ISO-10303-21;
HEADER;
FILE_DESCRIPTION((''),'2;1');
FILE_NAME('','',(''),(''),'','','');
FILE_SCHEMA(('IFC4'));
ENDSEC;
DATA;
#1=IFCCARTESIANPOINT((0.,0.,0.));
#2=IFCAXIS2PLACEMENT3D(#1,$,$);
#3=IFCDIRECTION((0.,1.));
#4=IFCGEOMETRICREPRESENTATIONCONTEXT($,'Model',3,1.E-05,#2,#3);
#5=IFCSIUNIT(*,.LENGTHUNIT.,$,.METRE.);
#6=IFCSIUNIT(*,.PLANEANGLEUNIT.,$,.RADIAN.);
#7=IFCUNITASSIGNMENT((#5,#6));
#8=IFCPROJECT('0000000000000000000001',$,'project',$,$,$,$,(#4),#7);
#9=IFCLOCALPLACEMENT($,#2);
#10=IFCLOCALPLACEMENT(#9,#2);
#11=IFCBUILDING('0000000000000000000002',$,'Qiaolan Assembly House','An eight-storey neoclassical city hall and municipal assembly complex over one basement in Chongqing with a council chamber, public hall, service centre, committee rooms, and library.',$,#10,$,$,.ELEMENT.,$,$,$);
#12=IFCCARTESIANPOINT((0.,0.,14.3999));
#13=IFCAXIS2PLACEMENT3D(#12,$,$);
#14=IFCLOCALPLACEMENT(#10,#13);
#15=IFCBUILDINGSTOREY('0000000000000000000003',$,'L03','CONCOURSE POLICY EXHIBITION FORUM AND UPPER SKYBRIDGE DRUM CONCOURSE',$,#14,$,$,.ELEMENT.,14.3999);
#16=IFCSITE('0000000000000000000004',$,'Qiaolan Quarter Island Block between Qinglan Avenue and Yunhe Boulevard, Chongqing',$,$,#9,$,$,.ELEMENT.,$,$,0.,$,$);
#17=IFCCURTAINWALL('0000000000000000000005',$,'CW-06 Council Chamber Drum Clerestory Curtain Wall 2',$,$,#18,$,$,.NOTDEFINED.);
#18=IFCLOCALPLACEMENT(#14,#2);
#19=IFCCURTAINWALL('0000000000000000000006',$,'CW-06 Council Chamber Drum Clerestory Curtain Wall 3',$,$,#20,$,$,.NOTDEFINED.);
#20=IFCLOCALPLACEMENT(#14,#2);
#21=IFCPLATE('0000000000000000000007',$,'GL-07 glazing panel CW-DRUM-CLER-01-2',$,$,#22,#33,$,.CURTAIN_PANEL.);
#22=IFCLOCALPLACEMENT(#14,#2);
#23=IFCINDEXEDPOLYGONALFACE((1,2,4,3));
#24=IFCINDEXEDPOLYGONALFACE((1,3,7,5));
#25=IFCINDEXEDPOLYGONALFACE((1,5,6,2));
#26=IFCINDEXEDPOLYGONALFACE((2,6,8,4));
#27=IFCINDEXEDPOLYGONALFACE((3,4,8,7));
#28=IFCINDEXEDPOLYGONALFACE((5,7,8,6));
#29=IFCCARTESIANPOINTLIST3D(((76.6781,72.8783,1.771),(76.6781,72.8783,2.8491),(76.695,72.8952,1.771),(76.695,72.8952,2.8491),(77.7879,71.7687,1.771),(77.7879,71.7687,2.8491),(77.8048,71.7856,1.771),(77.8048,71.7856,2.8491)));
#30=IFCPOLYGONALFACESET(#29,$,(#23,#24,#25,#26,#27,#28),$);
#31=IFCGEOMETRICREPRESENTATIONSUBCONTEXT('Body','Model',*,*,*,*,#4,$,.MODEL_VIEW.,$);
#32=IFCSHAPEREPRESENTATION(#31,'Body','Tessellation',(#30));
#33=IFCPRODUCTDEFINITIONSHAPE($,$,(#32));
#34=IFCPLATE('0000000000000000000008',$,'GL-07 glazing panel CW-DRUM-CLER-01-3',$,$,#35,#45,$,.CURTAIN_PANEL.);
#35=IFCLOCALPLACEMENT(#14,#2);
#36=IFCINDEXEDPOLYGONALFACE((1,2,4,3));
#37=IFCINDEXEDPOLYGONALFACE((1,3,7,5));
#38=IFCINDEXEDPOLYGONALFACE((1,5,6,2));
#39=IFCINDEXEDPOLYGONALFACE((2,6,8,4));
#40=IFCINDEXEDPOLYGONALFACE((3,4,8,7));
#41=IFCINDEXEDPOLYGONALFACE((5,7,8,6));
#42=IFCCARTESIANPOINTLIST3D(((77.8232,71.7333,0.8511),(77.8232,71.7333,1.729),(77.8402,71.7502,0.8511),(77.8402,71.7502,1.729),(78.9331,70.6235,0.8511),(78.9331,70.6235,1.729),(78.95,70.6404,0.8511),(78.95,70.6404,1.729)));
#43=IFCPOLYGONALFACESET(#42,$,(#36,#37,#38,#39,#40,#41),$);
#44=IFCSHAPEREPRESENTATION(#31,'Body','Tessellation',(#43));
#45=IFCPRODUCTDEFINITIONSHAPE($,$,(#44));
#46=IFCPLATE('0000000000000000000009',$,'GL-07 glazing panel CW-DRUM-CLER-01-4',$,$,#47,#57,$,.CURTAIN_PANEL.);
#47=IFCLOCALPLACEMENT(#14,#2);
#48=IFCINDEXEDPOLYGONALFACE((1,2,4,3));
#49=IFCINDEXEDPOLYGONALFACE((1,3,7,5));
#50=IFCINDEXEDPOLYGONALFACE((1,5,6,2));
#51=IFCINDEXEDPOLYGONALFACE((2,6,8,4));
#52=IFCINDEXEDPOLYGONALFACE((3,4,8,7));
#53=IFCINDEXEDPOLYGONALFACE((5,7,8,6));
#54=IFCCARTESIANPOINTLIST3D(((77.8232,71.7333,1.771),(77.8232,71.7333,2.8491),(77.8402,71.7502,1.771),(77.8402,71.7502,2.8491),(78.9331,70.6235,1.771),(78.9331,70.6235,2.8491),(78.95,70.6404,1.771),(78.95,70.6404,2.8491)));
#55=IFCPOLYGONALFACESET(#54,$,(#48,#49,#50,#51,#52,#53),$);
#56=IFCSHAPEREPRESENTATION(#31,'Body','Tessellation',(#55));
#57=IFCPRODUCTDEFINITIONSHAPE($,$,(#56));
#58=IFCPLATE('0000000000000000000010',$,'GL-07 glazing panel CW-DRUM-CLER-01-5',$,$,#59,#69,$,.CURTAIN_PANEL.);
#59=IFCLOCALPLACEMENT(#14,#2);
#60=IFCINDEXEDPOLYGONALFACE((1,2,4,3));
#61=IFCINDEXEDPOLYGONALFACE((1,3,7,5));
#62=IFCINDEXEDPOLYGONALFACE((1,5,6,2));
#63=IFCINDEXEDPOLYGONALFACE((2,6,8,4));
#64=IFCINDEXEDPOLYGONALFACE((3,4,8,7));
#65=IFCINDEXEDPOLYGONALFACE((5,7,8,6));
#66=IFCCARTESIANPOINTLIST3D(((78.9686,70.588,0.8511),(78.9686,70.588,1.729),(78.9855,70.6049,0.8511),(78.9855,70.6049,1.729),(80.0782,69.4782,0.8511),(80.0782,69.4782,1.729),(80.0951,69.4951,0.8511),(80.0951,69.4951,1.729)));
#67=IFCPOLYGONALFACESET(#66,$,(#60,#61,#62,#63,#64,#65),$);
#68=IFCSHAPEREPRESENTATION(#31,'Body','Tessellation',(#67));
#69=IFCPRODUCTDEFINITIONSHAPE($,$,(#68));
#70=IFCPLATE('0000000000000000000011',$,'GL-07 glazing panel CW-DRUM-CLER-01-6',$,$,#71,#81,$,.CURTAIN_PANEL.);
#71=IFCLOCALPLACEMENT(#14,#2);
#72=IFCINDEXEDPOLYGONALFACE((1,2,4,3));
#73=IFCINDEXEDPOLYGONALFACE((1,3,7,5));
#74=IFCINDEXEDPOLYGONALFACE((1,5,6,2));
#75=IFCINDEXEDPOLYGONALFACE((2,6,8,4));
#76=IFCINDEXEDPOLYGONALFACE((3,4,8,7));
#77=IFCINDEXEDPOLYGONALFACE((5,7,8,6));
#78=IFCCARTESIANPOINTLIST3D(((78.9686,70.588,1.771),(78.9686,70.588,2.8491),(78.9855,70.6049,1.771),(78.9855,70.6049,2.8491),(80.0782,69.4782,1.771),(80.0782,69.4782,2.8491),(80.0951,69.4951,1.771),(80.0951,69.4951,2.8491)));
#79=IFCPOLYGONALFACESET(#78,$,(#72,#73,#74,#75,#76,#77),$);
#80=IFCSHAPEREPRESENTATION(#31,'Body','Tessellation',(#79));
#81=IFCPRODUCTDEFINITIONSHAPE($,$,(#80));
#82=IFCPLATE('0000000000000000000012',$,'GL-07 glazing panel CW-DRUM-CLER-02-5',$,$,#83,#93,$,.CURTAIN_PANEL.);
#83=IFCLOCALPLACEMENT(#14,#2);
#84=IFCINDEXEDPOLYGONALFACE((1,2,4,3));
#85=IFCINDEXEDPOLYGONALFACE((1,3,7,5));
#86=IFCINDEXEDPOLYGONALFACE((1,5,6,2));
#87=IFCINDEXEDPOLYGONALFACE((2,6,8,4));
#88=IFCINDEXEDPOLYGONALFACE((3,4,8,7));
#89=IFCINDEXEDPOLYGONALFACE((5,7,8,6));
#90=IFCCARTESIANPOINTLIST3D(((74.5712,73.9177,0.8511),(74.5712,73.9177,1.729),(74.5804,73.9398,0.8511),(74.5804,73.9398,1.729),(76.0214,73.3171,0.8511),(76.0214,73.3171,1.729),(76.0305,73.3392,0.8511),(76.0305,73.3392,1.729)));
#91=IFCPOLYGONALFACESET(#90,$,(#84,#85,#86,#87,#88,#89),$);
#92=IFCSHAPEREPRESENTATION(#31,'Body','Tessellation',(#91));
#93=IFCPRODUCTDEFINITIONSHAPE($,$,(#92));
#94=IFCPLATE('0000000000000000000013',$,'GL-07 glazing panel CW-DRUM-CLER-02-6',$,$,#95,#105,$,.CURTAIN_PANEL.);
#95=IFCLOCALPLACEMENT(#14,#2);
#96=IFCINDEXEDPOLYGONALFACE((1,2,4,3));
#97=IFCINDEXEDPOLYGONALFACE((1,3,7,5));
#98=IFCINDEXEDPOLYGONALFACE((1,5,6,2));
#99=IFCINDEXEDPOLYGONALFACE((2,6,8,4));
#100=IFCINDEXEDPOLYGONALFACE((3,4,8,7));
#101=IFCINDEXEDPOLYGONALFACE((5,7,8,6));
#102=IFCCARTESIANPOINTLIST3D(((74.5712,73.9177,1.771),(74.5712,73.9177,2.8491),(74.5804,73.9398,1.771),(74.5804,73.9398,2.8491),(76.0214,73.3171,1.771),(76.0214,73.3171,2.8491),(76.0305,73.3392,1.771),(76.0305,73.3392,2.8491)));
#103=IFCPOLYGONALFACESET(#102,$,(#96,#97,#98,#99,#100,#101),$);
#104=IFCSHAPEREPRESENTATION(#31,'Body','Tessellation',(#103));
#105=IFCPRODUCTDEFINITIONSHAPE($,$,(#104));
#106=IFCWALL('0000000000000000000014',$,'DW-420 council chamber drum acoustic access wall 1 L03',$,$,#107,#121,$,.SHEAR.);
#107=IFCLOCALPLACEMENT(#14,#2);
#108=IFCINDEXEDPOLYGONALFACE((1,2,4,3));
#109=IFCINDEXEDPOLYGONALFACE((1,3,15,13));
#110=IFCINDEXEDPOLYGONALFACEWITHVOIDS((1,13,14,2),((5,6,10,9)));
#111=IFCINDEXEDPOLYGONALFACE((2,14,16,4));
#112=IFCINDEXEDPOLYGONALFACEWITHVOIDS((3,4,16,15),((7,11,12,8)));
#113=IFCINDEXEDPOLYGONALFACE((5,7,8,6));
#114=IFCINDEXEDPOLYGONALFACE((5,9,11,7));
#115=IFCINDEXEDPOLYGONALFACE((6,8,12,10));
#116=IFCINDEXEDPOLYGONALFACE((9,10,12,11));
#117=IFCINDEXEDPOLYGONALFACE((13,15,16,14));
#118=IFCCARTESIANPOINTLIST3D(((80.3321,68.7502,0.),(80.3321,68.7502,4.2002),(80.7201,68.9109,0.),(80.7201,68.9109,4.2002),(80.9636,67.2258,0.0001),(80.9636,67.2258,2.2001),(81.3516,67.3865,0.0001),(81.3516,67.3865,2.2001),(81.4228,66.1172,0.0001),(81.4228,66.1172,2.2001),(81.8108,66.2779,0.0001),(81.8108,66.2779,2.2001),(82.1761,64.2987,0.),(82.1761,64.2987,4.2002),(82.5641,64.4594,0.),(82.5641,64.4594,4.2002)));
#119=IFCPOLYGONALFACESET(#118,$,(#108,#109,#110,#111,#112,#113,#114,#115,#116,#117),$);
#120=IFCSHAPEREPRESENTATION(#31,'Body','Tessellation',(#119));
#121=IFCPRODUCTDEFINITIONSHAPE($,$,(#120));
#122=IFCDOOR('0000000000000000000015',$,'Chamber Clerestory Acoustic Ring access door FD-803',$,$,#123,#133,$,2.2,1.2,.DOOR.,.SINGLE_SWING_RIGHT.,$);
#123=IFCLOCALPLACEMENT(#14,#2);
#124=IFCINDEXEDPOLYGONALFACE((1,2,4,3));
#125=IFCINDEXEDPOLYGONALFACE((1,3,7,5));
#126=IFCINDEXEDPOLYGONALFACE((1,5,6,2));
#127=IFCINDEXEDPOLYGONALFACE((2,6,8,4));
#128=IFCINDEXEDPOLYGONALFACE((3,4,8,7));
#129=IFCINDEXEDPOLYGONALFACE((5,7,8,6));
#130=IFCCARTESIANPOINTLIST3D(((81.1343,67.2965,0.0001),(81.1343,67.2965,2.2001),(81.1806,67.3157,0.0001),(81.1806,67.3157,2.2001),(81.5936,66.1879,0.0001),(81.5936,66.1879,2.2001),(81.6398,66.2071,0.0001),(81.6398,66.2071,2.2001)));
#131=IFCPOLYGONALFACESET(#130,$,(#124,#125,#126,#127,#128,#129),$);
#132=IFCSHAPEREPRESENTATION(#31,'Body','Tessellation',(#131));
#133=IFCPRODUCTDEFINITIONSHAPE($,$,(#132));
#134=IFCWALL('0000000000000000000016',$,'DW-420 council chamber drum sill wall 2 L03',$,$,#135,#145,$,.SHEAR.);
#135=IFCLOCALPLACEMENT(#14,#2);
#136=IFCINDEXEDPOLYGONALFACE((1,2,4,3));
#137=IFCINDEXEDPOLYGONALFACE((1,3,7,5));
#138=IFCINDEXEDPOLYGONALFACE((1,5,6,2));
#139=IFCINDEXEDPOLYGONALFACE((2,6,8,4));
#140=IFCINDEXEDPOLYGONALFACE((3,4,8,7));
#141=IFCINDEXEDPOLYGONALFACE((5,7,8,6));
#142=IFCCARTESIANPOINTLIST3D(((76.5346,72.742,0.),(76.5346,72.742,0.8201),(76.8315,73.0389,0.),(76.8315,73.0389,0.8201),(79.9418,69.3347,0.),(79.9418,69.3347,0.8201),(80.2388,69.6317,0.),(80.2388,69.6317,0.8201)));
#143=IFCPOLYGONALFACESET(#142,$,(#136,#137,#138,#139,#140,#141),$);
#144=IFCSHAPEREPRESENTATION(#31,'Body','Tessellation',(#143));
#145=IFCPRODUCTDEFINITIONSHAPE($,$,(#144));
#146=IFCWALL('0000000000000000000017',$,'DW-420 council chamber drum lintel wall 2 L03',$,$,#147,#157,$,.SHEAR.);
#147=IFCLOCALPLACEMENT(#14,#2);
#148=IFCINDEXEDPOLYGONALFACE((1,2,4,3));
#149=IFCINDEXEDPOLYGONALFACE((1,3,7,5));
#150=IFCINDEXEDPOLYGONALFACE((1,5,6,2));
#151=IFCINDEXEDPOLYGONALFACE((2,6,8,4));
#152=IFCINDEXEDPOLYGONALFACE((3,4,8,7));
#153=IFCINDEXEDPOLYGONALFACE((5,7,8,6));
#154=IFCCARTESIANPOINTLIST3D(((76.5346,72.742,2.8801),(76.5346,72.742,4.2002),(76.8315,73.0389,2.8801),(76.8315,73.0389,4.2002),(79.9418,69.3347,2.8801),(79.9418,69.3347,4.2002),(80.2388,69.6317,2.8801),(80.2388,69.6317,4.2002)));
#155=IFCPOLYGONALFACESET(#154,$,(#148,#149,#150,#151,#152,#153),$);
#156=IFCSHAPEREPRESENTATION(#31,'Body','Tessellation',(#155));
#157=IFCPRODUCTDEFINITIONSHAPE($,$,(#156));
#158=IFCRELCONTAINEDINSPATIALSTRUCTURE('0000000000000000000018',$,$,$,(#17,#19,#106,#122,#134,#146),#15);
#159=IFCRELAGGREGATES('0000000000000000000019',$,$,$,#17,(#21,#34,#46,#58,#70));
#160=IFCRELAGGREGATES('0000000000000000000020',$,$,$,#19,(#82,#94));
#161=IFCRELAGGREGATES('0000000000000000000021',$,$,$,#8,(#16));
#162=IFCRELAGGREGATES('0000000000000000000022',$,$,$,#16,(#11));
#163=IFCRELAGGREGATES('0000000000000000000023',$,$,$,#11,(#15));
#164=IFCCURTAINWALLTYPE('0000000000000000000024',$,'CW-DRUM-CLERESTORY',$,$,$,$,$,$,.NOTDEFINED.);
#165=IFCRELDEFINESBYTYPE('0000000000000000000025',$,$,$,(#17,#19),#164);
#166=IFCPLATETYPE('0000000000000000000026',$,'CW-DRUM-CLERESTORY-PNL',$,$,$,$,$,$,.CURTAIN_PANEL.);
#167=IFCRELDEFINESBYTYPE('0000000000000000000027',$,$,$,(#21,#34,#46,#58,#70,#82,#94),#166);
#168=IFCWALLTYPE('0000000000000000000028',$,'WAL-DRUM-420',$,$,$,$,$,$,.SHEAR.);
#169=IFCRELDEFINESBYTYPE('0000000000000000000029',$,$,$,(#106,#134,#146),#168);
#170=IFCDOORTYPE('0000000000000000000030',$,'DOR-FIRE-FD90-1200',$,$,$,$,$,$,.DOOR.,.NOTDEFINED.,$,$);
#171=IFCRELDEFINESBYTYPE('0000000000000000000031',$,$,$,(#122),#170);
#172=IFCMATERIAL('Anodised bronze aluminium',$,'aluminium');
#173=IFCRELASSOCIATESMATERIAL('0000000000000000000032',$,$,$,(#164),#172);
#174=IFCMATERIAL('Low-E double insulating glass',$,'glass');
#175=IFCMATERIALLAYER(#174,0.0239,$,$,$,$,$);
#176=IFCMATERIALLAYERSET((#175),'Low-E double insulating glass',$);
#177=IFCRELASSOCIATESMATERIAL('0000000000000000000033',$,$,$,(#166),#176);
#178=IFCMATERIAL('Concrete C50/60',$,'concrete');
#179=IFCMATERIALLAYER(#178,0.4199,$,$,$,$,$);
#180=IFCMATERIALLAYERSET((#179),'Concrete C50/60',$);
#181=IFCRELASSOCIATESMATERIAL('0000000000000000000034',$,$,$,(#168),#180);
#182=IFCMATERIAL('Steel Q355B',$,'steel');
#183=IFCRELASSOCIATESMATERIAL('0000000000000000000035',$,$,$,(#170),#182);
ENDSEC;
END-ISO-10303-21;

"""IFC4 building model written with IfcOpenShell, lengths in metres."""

from ifc_helpers import new_model, si_unit, direction, frame, frame_2d, origin, place, context, subcontext, project, spatial, rectangle, extrude, material, layer, layer_set, type_object, element, fill, aggregate, save


model = new_model("IFC4")

# Units and contexts
model_context = context("Model", 3, precision=1e-05, world=origin(), true_north=direction((0.0, 1.0)))
body_context = subcontext(model_context, "Body", "Model", "MODEL_VIEW")
ifc_project = project(units=[si_unit("LENGTHUNIT", "METRE"), si_unit("PLANEANGLEUNIT", "RADIAN")], contexts=[model_context])

# Site, building, storey
site_placement = place(None, origin())
site = spatial("IfcSite", under=ifc_project, at=site_placement, Name="Qiaolan Quarter Island Block between Qinglan Avenue and Yunhe Boulevard, Chongqing", CompositionType="ELEMENT", RefElevation=0.0)
building_placement = place(site_placement, origin())
building = spatial("IfcBuilding", under=site, at=building_placement, Name="Qiaolan Assembly House", Description="An eight-storey neoclassical city hall and municipal assembly complex over one basement in Chongqing with a council chamber, public hall, service centre, committee rooms, and library.", CompositionType="ELEMENT")
storey_placement = place(building_placement, frame((0.0, 0.0, 14.3999)))
storey = spatial("IfcBuildingStorey", under=building, at=storey_placement, Name="L03", Description="CONCOURSE POLICY EXHIBITION FORUM AND UPPER SKYBRIDGE DRUM CONCOURSE", CompositionType="ELEMENT", Elevation=14.3999)

# Curtain walls
ifc_material_1 = material(Name="Anodised bronze aluminium", Category="aluminium")
curtain_wall_type = type_object("IfcCurtainWallType", Name="CW-DRUM-CLERESTORY", PredefinedType="NOTDEFINED", material=ifc_material_1)
curtain_wall_1_placement = place(storey_placement, origin())
curtain_wall_1 = element("IfcCurtainWall", 1, at=curtain_wall_1_placement, inside=storey, type_object=curtain_wall_type, Name="CW-06 Council Chamber Drum Clerestory Curtain Wall 2", PredefinedType="NOTDEFINED")
curtain_wall_2_placement = place(storey_placement, origin())
curtain_wall_2 = element("IfcCurtainWall", 2, at=curtain_wall_2_placement, inside=storey, type_object=curtain_wall_type, Name="CW-06 Council Chamber Drum Clerestory Curtain Wall 3", PredefinedType="NOTDEFINED")

# Plates
ifc_material_2 = material(Name="Low-E double insulating glass", Category="glass")
ifc_layer_1 = layer(ifc_material_2, 0.0239)
ifc_layer_set_1 = layer_set([ifc_layer_1], Name="Low-E double insulating glass")
plate_type = type_object("IfcPlateType", Name="CW-DRUM-CLERESTORY-PNL", PredefinedType="CURTAIN_PANEL", material=ifc_layer_set_1)
plate_1_placement = place(storey_placement, frame((76.6865, 72.8867, 1.771), z_axis=(0.0, 0.0, 1.0), x_axis=(0.707185, -0.707029, 0.0)))
plate_1 = element("IfcPlate", 3, at=plate_1_placement, type_object=plate_type, Name="GL-07 glazing panel CW-DRUM-CLER-01-2", PredefinedType="CURTAIN_PANEL", context=body_context, shape_type="SweptSolid", body=[
    extrude(rectangle(XDim=1.5693, YDim=0.0239, at=frame_2d((0.7847, 0.0))), origin(), (0.0, 0.0, 1.0), 1.0781),
])
plate_2_placement = place(storey_placement, frame((77.8318, 71.7417, 0.8511), z_axis=(0.0, 0.0, 1.0), x_axis=(0.707107, -0.707107, 0.0)))
plate_2 = element("IfcPlate", 4, at=plate_2_placement, type_object=plate_type, Name="GL-07 glazing panel CW-DRUM-CLER-01-3", PredefinedType="CURTAIN_PANEL", context=body_context, shape_type="SweptSolid", body=[
    extrude(rectangle(XDim=1.5696, YDim=0.0239, at=frame_2d((0.7847, 0.0))), origin(), (0.0, 0.0, 1.0), 0.8779),
])
plate_3_placement = place(storey_placement, frame((77.8318, 71.7417, 1.771), z_axis=(0.0, 0.0, 1.0), x_axis=(0.707107, -0.707107, 0.0)))
plate_3 = element("IfcPlate", 5, at=plate_3_placement, type_object=plate_type, Name="GL-07 glazing panel CW-DRUM-CLER-01-4", PredefinedType="CURTAIN_PANEL", context=body_context, shape_type="SweptSolid", body=[
    extrude(rectangle(XDim=1.5696, YDim=0.0239, at=frame_2d((0.7847, 0.0))), origin(), (0.0, 0.0, 1.0), 1.0781),
])
plate_4_placement = place(storey_placement, frame((78.9771, 70.5964, 0.8511), z_axis=(0.0, 0.0, 1.0), x_axis=(0.707029, -0.707185, 0.0)))
plate_4 = element("IfcPlate", 6, at=plate_4_placement, type_object=plate_type, Name="GL-07 glazing panel CW-DRUM-CLER-01-5", PredefinedType="CURTAIN_PANEL", context=body_context, shape_type="SweptSolid", body=[
    extrude(rectangle(XDim=1.5693, YDim=0.0239, at=frame_2d((0.7847, 0.0))), origin(), (0.0, 0.0, 1.0), 0.8779),
])
plate_5_placement = place(storey_placement, frame((78.9771, 70.5964, 1.771), z_axis=(0.0, 0.0, 1.0), x_axis=(0.707029, -0.707185, 0.0)))
plate_5 = element("IfcPlate", 7, at=plate_5_placement, type_object=plate_type, Name="GL-07 glazing panel CW-DRUM-CLER-01-6", PredefinedType="CURTAIN_PANEL", context=body_context, shape_type="SweptSolid", body=[
    extrude(rectangle(XDim=1.5693, YDim=0.0239, at=frame_2d((0.7847, 0.0))), origin(), (0.0, 0.0, 1.0), 1.0781),
])
aggregate(curtain_wall_1, [plate_1, plate_2, plate_3, plate_4, plate_5])
plate_6_placement = place(storey_placement, frame((74.5759, 73.9287, 0.8511), z_axis=(0.0, 0.0, 1.0), x_axis=(0.923903, -0.382627, 0.0)))
plate_6 = element("IfcPlate", 8, at=plate_6_placement, type_object=plate_type, Name="GL-07 glazing panel CW-DRUM-CLER-02-5", PredefinedType="CURTAIN_PANEL", context=body_context, shape_type="SweptSolid", body=[
    extrude(rectangle(XDim=1.5696, YDim=0.0239, at=frame_2d((0.7847, 0.0))), origin(), (0.0, 0.0, 1.0), 0.8779),
])
plate_7_placement = place(storey_placement, frame((74.5759, 73.9287, 1.771), z_axis=(0.0, 0.0, 1.0), x_axis=(0.923903, -0.382627, 0.0)))
plate_7 = element("IfcPlate", 9, at=plate_7_placement, type_object=plate_type, Name="GL-07 glazing panel CW-DRUM-CLER-02-6", PredefinedType="CURTAIN_PANEL", context=body_context, shape_type="SweptSolid", body=[
    extrude(rectangle(XDim=1.5696, YDim=0.0239, at=frame_2d((0.7847, 0.0))), origin(), (0.0, 0.0, 1.0), 1.0781),
])
aggregate(curtain_wall_2, [plate_6, plate_7])

# Wall, opening, door
ifc_material_3 = material(Name="Concrete C50/60", Category="concrete")
ifc_layer_2 = layer(ifc_material_3, 0.4199)
ifc_layer_set_2 = layer_set([ifc_layer_2], Name="Concrete C50/60")
wall_type = type_object("IfcWallType", Name="WAL-DRUM-420", PredefinedType="SHEAR", material=ifc_layer_set_2)
wall_1_placement = place(storey_placement, frame((80.5261, 68.8306, 0.0), z_axis=(0.0, 0.0, 1.0), x_axis=(0.382693, -0.923875, 0.0)))
wall_1 = element("IfcWall", 10, at=wall_1_placement, inside=storey, type_object=wall_type, Name="DW-420 council chamber drum acoustic access wall 1 L03", PredefinedType="SHEAR", context=body_context, shape_type="SweptSolid", body=[
    extrude(rectangle(XDim=4.8184, YDim=0.4199, at=frame_2d((2.4092, 0.0))), origin(), (0.0, 0.0, 1.0), 4.2002),
])
opening_placement = place(wall_1_placement, frame((1.6499, 0.0, 0.0)))
opening = element("IfcOpeningElement", 11, at=opening_placement, cuts=wall_1, PredefinedType="OPENING", context=body_context, shape_type="SweptSolid", body=[
    extrude(rectangle(XDim=1.2, YDim=2.2, at=frame_2d((0.6001, 1.1001))), frame((0.0, 0.22, 0.0), z_axis=(0.0, -1.0, 0.0), x_axis=(1.0, 0.0, 0.0)), (0.0, 0.0, 1.0), 0.4399),
])
ifc_material_4 = material(Name="Steel Q355B", Category="steel")
door_type = type_object("IfcDoorType", Name="DOR-FIRE-FD90-1200", OperationType="NOTDEFINED", PredefinedType="DOOR", material=ifc_material_4)
door_placement = place(opening_placement, origin())
door = element("IfcDoor", 12, at=door_placement, inside=storey, type_object=door_type, Name="Chamber Clerestory Acoustic Ring access door FD-803", OperationType="SINGLE_SWING_RIGHT", OverallHeight=2.2, OverallWidth=1.2, PredefinedType="DOOR", context=body_context, shape_type="SweptSolid", body=[
    extrude(rectangle(XDim=1.2, YDim=2.2, at=frame_2d((0.6001, 1.1001))), frame((0.0, 0.0249, 0.0), z_axis=(0.0, -1.0, 0.0), x_axis=(1.0, 0.0, 0.0)), (0.0, 0.0, 1.0), 0.05),
])
fill(opening, door)

# Walls
wall_2_placement = place(storey_placement, frame((76.6831, 72.8904, 0.0), z_axis=(0.0, 0.0, 1.0), x_axis=(0.707107, -0.707107, 0.0)))
element("IfcWall", 13, at=wall_2_placement, inside=storey, type_object=wall_type, Name="DW-420 council chamber drum sill wall 2 L03", PredefinedType="SHEAR", context=body_context, shape_type="SweptSolid", body=[
    extrude(rectangle(XDim=4.8186, YDim=0.4199, at=frame_2d((2.4092, 0.0))), origin(), (0.0, 0.0, 1.0), 0.8201),
])
wall_3_placement = place(storey_placement, frame((76.6831, 72.8904, 2.8801), z_axis=(0.0, 0.0, 1.0), x_axis=(0.707107, -0.707107, 0.0)))
element("IfcWall", 14, at=wall_3_placement, inside=storey, type_object=wall_type, Name="DW-420 council chamber drum lintel wall 2 L03", PredefinedType="SHEAR", context=body_context, shape_type="SweptSolid", body=[
    extrude(rectangle(XDim=4.8186, YDim=0.4199, at=frame_2d((2.4092, 0.0))), origin(), (0.0, 0.0, 1.0), 1.3201),
])

save(model, "model.ifc")
